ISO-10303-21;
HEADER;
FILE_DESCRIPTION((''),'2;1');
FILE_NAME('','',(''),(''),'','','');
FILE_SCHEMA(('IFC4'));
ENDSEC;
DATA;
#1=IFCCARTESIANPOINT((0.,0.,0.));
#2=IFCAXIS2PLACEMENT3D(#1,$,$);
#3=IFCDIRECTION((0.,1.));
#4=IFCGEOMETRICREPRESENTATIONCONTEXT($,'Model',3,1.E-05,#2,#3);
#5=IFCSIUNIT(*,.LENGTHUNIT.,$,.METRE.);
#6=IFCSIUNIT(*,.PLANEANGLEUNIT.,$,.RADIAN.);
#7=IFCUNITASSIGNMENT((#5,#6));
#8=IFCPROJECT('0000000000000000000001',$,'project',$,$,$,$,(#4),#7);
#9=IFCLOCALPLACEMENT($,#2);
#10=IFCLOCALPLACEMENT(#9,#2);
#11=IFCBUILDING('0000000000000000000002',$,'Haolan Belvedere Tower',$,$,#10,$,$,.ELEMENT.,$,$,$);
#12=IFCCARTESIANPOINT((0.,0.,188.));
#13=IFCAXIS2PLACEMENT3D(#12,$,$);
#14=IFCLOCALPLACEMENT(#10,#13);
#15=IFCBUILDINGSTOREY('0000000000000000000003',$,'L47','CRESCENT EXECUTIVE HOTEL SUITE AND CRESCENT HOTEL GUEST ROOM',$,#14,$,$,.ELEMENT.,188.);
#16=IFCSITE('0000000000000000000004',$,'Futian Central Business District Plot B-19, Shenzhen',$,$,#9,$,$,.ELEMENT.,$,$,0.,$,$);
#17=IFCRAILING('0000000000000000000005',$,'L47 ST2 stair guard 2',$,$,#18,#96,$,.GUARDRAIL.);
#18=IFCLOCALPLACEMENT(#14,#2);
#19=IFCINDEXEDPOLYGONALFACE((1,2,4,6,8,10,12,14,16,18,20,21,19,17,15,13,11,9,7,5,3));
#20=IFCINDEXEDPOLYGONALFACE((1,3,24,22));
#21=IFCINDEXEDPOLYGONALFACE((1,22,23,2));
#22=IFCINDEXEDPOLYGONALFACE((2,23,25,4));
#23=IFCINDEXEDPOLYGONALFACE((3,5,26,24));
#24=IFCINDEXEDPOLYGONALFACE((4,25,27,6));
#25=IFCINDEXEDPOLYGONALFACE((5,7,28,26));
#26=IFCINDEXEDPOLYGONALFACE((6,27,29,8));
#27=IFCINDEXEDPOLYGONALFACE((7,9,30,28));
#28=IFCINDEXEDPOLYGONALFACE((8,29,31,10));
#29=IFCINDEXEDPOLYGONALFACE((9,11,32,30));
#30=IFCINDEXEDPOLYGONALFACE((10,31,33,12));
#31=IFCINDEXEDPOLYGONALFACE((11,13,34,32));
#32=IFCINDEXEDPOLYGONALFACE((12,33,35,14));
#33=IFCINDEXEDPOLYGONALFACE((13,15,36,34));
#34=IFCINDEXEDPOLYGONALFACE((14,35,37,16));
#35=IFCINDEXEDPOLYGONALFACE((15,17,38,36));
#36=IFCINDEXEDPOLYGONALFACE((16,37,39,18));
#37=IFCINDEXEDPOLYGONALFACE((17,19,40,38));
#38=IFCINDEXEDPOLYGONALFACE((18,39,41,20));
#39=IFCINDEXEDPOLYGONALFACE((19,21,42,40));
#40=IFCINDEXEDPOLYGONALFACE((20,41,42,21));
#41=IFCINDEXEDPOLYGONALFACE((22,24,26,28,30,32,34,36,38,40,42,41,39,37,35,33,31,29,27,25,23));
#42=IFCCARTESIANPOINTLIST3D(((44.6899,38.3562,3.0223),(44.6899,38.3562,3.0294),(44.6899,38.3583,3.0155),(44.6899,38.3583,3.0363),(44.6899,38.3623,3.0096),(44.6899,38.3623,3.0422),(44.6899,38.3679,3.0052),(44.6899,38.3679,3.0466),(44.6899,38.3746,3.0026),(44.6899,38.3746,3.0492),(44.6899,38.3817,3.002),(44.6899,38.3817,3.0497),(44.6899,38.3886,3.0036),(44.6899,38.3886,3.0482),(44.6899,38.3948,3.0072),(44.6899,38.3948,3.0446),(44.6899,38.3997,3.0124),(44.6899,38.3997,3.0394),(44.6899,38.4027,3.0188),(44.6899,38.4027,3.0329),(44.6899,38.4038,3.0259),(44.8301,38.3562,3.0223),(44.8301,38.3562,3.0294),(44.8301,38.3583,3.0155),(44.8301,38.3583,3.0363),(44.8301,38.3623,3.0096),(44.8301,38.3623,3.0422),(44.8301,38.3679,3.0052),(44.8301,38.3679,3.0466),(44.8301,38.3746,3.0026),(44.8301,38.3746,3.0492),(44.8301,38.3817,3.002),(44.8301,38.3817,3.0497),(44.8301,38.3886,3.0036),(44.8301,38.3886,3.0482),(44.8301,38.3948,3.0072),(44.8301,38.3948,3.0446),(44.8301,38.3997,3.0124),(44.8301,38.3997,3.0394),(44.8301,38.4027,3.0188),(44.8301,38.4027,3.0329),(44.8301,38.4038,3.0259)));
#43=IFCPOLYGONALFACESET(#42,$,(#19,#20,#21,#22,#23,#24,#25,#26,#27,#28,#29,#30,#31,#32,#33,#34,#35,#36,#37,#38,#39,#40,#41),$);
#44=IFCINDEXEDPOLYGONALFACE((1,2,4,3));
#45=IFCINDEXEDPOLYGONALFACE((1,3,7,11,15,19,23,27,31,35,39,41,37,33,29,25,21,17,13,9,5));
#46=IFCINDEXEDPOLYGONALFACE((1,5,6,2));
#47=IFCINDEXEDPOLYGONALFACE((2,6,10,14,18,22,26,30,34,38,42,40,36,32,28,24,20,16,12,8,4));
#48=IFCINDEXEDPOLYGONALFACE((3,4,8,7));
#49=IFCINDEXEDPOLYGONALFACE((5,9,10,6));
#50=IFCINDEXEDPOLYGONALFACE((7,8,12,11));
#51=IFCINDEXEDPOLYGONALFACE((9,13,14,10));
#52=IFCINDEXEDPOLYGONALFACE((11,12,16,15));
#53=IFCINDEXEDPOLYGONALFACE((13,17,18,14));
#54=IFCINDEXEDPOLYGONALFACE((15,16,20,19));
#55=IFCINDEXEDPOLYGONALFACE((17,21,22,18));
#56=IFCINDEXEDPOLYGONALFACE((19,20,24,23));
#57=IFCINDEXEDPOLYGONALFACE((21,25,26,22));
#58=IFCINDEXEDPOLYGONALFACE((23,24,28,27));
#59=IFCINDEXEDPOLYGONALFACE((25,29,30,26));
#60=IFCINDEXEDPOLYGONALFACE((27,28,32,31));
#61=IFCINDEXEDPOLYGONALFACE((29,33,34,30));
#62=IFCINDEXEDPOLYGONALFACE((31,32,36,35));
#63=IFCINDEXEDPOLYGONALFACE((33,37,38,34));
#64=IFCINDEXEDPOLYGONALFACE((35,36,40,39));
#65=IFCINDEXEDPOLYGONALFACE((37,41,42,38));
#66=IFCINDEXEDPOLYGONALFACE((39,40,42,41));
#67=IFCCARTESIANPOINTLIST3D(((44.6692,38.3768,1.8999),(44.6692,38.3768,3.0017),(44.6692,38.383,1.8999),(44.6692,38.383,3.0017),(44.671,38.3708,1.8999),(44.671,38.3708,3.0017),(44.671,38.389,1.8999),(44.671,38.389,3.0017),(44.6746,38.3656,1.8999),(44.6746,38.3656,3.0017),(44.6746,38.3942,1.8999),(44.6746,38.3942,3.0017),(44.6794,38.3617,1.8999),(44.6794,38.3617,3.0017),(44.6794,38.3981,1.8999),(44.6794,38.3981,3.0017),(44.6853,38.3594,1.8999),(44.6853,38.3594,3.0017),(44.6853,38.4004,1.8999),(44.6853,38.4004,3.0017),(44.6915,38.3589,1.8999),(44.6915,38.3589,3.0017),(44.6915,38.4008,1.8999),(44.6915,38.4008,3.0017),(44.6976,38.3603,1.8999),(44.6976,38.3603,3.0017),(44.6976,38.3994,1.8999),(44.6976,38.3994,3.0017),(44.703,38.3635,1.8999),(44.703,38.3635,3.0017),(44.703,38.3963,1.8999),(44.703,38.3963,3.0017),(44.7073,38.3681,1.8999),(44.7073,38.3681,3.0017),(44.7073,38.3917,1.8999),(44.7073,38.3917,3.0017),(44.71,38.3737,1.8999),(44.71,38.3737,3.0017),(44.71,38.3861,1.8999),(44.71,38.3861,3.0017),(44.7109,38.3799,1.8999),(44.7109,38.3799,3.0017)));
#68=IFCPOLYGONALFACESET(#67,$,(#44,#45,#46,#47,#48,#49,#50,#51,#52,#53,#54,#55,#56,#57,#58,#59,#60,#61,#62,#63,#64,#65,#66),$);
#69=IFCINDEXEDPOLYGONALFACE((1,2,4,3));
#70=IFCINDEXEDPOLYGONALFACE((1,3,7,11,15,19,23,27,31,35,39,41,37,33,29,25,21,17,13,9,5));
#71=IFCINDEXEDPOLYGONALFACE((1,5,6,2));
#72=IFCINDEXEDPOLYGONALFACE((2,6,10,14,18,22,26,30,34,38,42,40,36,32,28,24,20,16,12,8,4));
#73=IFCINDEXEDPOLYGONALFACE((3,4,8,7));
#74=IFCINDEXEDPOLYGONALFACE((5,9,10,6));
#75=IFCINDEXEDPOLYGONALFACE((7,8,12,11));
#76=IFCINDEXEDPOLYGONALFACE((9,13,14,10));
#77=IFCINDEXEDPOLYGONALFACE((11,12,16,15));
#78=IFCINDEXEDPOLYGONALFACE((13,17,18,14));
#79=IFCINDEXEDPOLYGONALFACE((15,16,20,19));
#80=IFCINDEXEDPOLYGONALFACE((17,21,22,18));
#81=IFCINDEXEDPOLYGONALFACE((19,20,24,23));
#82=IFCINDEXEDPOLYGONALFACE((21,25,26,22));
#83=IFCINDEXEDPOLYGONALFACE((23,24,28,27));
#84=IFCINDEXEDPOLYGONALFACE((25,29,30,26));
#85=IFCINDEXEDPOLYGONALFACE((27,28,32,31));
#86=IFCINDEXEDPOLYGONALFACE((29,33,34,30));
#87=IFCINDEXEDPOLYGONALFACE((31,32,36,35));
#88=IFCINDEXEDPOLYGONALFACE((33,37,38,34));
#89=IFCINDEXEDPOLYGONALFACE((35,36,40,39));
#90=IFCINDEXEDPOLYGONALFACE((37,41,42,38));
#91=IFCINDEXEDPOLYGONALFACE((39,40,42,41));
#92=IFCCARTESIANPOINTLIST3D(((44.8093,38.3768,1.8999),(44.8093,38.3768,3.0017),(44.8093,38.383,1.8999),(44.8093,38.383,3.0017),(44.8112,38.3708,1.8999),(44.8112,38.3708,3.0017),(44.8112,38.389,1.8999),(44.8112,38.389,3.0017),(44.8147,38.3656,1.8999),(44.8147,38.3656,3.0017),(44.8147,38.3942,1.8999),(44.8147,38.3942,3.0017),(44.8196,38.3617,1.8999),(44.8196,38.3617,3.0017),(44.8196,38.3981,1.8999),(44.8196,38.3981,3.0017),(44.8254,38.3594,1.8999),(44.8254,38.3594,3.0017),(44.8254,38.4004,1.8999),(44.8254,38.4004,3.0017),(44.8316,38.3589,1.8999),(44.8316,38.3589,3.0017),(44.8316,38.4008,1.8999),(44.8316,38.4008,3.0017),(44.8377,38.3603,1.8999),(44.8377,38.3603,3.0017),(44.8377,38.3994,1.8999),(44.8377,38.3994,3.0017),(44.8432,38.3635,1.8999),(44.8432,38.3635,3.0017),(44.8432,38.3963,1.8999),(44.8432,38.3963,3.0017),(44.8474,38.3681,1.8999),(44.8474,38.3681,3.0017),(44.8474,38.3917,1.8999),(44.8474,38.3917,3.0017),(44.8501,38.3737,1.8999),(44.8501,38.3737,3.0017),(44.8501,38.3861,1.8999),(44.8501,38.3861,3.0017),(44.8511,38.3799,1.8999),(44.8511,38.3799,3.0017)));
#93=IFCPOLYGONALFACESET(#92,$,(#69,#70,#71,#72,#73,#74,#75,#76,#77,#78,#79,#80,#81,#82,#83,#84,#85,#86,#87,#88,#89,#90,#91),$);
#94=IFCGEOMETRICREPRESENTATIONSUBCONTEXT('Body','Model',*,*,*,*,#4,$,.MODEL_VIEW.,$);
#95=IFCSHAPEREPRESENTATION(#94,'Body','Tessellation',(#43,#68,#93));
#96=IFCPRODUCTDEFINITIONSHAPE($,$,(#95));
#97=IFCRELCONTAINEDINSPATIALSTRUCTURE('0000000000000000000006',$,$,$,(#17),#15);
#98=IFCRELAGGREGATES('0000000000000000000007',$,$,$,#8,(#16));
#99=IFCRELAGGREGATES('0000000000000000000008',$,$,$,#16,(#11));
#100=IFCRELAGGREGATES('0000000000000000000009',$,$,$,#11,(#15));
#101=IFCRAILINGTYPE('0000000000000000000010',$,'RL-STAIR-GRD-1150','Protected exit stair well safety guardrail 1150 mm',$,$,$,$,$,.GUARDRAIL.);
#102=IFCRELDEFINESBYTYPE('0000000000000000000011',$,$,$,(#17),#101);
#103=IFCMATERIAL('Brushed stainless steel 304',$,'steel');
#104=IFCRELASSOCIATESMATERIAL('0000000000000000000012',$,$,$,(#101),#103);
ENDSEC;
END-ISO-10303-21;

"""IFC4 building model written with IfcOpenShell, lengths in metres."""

from ifc_helpers import new_model, si_unit, direction, frame, origin, origin_2d, place, context, subcontext, project, spatial, circle, extrude, material, type_object, element, save


model = new_model("IFC4")

# Units and contexts
model_context = context("Model", 3, precision=1e-05, world=origin(), true_north=direction((0.0, 1.0)))
body_context = subcontext(model_context, "Body", "Model", "MODEL_VIEW")
ifc_project = project(units=[si_unit("LENGTHUNIT", "METRE"), si_unit("PLANEANGLEUNIT", "RADIAN")], contexts=[model_context])

# Site, building, storey
site_placement = place(None, origin())
site = spatial("IfcSite", under=ifc_project, at=site_placement, Name="Futian Central Business District Plot B-19, Shenzhen", CompositionType="ELEMENT", RefElevation=0.0)
building_placement = place(site_placement, origin())
building = spatial("IfcBuilding", under=site, at=building_placement, Name="Haolan Belvedere Tower", CompositionType="ELEMENT")
storey_placement = place(building_placement, frame((0.0, 0.0, 188.0)))
storey = spatial("IfcBuildingStorey", under=building, at=storey_placement, Name="L47", Description="CRESCENT EXECUTIVE HOTEL SUITE AND CRESCENT HOTEL GUEST ROOM", CompositionType="ELEMENT", Elevation=188.0)

# Railing
ifc_material_1 = material(Name="Brushed stainless steel 304", Category="steel")
railing_type_1 = type_object("IfcRailingType", Name="RL-STAIR-GRD-1150", Description="Protected exit stair well safety guardrail 1150 mm", PredefinedType="GUARDRAIL", material=ifc_material_1)
railing_1_placement = place(storey_placement, frame((44.6899, 38.3799, 1.8999)))
element("IfcRailing", 1, at=railing_1_placement, inside=storey, type_object=railing_type_1, Name="L47 ST2 stair guard 2", PredefinedType="GUARDRAIL", context=body_context, shape_type="SweptSolid", body=[
    extrude(circle(Radius=0.0239, at=origin_2d()), frame((0.0, 0.0, 1.126), z_axis=(1.0, 0.0, 0.0), x_axis=(0.0, 1.0, 0.0)), (0.0, 0.0, 1.0), 0.1401),
    extrude(circle(Radius=0.021, at=origin_2d()), origin(), (0.0, 0.0, 1.0), 1.1018),
    extrude(circle(Radius=0.021, at=origin_2d()), frame((0.1401, 0.0, 0.0)), (0.0, 0.0, 1.0), 1.1018),
])

save(model, "model.ifc")
